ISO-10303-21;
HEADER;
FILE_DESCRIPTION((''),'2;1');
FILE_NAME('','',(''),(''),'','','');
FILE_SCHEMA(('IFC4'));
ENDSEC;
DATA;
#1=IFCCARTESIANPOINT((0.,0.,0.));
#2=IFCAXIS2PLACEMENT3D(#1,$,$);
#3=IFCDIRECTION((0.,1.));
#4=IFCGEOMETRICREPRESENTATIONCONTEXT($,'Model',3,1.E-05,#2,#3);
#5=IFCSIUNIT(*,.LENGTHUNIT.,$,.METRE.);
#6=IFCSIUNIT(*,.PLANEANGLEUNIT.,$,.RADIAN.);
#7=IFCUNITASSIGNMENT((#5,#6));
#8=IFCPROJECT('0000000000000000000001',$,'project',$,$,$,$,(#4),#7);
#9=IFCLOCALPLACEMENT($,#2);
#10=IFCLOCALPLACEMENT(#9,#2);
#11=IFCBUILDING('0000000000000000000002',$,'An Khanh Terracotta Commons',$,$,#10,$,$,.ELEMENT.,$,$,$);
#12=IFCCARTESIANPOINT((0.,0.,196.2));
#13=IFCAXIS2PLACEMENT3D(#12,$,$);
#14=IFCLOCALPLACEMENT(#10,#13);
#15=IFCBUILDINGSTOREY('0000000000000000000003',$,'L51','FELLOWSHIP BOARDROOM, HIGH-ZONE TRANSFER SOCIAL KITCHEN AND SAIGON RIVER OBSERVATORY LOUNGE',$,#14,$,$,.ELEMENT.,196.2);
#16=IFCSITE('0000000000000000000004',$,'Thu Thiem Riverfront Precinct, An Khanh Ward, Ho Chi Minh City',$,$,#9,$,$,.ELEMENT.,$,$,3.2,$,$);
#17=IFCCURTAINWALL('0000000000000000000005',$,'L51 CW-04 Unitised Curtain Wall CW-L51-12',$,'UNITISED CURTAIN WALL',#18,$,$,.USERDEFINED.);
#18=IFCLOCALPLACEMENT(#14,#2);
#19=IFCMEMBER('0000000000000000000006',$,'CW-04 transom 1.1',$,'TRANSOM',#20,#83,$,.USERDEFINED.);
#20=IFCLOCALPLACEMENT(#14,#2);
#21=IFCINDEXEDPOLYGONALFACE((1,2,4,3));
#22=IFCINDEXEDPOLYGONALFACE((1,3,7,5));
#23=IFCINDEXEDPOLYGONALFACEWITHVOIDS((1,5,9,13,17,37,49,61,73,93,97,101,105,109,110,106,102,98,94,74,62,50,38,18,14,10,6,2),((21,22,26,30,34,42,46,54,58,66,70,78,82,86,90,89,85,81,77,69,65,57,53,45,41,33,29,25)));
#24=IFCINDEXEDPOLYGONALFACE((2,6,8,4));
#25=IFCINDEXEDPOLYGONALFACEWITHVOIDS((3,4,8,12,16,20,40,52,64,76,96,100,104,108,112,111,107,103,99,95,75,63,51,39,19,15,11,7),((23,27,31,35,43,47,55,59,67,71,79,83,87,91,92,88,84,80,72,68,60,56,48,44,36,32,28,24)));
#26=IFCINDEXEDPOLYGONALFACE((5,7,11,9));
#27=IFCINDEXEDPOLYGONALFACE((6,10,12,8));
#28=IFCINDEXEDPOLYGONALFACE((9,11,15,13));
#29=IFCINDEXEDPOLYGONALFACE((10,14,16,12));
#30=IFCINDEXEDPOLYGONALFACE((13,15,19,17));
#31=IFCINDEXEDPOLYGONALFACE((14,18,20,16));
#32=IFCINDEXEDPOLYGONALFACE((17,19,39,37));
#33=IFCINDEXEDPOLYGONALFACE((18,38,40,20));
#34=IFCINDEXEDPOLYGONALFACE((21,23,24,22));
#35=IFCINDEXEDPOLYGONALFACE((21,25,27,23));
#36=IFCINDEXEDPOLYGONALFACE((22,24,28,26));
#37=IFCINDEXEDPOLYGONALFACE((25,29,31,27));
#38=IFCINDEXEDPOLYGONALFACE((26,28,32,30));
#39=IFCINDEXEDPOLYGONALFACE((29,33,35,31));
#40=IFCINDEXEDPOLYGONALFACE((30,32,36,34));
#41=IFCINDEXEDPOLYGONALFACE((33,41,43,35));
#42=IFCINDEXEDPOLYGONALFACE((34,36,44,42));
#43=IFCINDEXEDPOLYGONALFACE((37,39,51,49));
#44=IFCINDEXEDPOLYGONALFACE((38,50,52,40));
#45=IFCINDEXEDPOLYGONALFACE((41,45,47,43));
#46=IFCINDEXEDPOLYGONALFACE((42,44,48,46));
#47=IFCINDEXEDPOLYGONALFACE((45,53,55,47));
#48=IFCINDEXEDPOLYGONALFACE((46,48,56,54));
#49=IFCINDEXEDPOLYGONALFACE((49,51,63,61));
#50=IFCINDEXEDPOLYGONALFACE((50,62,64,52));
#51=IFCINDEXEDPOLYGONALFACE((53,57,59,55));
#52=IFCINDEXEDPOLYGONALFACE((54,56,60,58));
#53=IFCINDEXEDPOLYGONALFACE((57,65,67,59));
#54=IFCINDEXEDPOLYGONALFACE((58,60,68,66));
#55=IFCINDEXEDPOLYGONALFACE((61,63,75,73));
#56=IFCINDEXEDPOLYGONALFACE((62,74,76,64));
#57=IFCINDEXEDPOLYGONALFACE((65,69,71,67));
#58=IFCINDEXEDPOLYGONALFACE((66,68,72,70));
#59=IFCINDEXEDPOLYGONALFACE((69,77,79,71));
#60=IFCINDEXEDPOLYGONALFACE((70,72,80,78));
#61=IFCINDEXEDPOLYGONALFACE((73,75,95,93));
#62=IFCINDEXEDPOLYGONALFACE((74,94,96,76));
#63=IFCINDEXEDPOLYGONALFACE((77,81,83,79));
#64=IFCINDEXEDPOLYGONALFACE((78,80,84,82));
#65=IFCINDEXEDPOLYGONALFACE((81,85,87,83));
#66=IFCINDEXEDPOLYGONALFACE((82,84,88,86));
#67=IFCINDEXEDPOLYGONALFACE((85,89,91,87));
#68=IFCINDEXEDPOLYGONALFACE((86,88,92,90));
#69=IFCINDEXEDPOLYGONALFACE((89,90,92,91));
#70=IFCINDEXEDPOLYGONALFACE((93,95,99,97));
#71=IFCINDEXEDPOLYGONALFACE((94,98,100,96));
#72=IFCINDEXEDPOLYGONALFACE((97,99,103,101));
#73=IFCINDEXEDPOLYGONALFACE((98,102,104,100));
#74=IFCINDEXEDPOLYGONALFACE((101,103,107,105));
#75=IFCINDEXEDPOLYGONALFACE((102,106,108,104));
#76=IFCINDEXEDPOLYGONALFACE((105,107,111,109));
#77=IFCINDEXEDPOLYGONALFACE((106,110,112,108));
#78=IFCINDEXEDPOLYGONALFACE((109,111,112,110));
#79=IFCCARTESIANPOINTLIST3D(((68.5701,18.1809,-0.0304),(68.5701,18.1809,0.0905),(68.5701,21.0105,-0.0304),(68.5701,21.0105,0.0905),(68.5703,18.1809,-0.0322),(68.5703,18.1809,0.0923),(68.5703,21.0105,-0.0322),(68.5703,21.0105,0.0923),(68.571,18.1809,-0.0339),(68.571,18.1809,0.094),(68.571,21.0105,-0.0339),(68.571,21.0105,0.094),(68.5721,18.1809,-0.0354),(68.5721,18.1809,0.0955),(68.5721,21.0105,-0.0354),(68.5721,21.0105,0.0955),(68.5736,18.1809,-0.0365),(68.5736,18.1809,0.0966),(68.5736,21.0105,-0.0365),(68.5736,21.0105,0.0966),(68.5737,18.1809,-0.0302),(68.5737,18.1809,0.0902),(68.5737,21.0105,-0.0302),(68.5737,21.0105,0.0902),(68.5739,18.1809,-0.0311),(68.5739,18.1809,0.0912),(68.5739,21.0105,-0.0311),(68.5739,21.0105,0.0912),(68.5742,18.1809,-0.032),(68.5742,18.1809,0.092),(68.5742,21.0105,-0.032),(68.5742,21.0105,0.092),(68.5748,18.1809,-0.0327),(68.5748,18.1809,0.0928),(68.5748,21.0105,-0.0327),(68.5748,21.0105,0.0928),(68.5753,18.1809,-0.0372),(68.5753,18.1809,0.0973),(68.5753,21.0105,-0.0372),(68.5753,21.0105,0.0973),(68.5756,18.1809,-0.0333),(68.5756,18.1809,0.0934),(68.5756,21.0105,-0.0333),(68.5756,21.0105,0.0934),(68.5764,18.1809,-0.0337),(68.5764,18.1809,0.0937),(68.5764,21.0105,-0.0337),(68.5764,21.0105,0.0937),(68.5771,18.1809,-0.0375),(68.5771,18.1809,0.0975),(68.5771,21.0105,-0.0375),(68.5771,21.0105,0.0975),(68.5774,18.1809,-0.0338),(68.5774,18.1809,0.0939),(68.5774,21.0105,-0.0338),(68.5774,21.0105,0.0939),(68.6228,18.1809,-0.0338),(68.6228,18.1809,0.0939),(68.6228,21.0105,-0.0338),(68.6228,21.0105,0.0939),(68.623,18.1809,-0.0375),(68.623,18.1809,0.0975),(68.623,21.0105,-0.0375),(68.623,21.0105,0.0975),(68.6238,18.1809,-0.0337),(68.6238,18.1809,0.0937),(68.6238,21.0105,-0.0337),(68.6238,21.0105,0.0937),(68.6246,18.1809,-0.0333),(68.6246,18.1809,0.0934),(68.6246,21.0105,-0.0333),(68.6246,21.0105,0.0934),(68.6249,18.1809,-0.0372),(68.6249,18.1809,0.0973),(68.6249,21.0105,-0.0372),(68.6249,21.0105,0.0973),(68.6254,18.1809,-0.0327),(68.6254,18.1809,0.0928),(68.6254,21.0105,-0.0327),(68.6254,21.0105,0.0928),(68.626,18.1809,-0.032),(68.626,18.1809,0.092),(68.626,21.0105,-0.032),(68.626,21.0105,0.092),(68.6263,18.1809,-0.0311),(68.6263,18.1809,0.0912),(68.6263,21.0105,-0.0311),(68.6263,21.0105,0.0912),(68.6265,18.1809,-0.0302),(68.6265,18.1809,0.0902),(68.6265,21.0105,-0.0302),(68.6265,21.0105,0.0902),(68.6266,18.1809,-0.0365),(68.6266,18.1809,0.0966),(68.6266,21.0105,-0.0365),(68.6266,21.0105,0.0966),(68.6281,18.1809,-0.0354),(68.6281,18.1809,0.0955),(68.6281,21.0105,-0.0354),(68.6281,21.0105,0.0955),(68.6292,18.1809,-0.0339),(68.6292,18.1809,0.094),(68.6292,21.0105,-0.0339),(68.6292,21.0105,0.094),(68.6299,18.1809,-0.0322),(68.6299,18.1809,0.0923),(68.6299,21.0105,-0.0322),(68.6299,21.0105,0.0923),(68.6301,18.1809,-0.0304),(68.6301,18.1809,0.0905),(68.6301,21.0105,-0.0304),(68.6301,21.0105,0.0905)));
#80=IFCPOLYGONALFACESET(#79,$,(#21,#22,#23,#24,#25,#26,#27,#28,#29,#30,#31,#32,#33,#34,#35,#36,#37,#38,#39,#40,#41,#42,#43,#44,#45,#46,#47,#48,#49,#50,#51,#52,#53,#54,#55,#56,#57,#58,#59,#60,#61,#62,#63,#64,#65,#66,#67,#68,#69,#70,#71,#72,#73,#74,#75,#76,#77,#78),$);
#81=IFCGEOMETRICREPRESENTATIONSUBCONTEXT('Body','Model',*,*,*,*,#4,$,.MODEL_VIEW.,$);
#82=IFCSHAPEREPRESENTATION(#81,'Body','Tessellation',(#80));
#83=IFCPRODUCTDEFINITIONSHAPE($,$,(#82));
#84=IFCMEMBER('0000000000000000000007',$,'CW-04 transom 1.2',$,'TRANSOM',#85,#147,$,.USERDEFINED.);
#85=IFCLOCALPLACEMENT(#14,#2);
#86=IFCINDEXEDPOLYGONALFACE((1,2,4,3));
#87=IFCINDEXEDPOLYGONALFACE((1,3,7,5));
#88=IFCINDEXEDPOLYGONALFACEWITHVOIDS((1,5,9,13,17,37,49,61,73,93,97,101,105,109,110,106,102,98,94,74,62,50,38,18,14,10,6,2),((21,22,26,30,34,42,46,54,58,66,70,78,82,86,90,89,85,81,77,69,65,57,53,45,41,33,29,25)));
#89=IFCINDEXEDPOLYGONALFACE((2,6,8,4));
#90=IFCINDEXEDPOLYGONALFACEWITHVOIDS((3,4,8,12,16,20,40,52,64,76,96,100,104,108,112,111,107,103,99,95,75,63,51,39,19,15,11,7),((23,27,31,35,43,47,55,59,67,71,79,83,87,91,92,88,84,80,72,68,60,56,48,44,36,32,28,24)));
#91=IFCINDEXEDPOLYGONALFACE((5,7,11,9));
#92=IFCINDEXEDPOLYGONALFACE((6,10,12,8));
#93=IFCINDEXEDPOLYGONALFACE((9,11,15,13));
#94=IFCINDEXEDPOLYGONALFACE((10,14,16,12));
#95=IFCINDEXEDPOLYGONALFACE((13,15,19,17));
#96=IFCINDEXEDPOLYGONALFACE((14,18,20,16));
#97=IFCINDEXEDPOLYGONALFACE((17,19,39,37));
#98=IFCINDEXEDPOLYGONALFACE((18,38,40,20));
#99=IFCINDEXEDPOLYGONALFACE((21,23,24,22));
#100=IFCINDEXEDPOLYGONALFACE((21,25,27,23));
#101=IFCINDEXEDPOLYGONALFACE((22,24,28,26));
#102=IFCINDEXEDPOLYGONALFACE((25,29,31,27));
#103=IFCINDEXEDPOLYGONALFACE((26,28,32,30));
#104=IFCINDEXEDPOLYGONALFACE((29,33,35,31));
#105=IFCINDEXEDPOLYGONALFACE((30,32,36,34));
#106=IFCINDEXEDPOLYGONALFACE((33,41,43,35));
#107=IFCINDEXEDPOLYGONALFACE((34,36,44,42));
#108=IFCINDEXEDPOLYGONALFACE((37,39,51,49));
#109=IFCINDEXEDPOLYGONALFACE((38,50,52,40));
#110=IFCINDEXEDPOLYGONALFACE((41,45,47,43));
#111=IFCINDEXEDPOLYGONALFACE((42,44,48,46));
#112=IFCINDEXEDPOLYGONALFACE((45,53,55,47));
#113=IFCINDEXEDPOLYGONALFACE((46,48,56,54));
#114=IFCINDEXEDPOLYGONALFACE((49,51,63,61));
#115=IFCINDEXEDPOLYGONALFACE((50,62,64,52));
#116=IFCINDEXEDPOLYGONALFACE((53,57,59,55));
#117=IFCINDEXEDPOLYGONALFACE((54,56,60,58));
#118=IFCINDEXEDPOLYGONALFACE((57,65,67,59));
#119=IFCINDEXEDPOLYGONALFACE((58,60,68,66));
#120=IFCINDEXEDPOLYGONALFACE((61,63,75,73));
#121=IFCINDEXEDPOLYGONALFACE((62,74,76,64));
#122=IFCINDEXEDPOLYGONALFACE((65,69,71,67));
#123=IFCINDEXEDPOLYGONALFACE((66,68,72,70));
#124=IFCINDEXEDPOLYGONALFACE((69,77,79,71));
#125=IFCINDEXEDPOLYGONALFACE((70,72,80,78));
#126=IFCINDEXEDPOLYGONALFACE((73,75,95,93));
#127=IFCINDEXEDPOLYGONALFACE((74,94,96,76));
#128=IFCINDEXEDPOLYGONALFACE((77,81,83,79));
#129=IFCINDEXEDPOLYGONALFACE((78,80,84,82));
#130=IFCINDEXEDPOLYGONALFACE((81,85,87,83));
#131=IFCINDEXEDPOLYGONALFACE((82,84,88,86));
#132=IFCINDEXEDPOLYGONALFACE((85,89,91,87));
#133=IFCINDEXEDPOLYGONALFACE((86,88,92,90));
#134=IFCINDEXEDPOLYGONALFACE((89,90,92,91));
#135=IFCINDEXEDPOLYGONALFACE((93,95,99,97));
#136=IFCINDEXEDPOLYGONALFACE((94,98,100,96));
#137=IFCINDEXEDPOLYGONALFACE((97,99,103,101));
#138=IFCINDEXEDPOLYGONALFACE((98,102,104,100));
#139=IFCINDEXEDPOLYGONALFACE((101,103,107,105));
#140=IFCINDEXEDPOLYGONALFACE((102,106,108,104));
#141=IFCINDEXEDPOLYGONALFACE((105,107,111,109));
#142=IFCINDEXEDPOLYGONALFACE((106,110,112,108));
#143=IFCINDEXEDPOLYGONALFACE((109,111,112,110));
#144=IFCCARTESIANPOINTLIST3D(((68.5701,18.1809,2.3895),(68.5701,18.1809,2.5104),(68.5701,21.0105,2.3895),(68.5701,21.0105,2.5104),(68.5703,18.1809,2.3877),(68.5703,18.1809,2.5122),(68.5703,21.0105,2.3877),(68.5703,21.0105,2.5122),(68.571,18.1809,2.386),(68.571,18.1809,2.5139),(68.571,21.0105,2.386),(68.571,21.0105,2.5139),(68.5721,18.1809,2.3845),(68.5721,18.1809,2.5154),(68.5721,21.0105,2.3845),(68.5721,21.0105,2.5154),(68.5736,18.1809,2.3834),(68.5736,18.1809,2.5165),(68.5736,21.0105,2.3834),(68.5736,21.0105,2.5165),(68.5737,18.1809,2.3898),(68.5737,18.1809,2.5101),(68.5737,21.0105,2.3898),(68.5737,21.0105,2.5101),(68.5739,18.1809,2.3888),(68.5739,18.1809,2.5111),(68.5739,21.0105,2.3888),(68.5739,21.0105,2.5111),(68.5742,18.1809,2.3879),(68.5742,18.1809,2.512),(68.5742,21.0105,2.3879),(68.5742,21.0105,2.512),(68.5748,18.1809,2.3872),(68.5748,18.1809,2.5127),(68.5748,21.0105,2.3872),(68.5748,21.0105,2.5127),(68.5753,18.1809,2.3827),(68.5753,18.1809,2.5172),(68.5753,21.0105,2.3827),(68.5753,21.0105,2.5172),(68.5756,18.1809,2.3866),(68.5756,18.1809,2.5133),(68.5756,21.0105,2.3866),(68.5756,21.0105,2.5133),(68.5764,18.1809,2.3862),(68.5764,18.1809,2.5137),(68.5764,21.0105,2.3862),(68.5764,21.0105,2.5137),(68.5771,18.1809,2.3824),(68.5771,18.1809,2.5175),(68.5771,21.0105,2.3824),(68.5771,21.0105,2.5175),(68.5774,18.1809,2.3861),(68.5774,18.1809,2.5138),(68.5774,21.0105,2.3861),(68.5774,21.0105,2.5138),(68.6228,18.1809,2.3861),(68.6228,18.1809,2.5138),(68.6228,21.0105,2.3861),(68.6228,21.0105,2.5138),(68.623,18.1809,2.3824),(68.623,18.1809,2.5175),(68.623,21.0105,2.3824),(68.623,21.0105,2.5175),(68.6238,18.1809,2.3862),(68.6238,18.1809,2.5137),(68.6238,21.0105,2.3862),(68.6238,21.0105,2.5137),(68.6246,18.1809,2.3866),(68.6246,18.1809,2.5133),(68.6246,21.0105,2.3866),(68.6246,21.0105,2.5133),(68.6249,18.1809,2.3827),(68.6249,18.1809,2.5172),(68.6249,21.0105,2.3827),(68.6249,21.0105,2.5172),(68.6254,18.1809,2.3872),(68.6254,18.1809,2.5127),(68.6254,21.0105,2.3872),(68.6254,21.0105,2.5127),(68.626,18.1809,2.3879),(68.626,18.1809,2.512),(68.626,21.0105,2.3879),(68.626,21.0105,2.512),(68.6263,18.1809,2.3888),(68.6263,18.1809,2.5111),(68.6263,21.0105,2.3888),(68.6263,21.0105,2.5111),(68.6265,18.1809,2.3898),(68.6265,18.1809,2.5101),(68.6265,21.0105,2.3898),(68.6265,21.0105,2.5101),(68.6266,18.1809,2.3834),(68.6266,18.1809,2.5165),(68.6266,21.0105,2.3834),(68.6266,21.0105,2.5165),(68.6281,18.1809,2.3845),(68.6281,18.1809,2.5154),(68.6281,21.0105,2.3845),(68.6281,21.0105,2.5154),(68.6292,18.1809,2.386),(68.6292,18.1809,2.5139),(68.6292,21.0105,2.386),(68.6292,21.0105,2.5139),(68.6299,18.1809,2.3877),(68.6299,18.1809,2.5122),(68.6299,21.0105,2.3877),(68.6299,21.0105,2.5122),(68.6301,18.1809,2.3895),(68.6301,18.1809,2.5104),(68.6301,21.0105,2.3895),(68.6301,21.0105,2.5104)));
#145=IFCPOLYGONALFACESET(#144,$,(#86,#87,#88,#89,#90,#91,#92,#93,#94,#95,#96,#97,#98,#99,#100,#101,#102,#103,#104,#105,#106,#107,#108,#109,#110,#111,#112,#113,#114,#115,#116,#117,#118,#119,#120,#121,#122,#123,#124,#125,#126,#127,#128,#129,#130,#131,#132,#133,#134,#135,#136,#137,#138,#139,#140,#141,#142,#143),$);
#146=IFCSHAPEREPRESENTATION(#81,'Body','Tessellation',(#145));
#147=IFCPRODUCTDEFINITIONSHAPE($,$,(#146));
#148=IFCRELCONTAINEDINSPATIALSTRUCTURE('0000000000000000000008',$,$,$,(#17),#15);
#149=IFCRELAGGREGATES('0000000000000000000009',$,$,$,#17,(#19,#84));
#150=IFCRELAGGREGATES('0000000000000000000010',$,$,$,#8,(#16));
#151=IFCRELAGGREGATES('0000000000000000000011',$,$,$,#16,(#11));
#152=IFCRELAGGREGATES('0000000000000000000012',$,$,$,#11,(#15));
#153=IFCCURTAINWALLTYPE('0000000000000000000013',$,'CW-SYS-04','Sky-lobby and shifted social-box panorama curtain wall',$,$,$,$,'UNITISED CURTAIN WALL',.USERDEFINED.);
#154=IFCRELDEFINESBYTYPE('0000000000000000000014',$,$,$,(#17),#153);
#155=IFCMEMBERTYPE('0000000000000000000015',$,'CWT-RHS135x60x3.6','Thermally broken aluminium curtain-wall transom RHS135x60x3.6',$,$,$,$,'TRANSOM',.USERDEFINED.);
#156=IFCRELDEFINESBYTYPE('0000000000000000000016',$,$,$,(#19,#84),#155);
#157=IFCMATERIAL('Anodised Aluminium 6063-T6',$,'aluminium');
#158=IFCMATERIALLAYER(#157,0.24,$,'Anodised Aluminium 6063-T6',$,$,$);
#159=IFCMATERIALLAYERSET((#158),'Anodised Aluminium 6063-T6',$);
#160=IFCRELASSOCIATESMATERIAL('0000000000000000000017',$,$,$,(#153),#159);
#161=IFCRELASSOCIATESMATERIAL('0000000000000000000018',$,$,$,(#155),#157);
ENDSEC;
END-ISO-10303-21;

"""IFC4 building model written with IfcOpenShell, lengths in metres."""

from ifc_helpers import new_model, si_unit, direction, frame, origin, origin_2d, place, context, subcontext, project, spatial, hollow_rectangle, extrude, material, layer, layer_set, material_profile, profile_set, type_object, element, aggregate, save


model = new_model("IFC4")

# Units and contexts
model_context = context("Model", 3, precision=1e-05, world=origin(), true_north=direction((0.0, 1.0)))
body_context = subcontext(model_context, "Body", "Model", "MODEL_VIEW")
ifc_project = project(units=[si_unit("LENGTHUNIT", "METRE"), si_unit("PLANEANGLEUNIT", "RADIAN")], contexts=[model_context])

# Site, building, storey
site_placement = place(None, origin())
site = spatial("IfcSite", under=ifc_project, at=site_placement, Name="Thu Thiem Riverfront Precinct, An Khanh Ward, Ho Chi Minh City", CompositionType="ELEMENT", RefElevation=3.2)
building_placement = place(site_placement, origin())
building = spatial("IfcBuilding", under=site, at=building_placement, Name="An Khanh Terracotta Commons", CompositionType="ELEMENT")
storey_placement = place(building_placement, frame((0.0, 0.0, 196.2)))
storey = spatial("IfcBuildingStorey", under=building, at=storey_placement, Name="L51", Description="FELLOWSHIP BOARDROOM, HIGH-ZONE TRANSFER SOCIAL KITCHEN AND SAIGON RIVER OBSERVATORY LOUNGE", CompositionType="ELEMENT", Elevation=196.2)

# Shared definitions
ifc_material_1 = material(Name="Anodised Aluminium 6063-T6", Category="aluminium")
ifc_layer_1 = layer(ifc_material_1, 0.24, Name="Anodised Aluminium 6063-T6")
ifc_layer_set_1 = layer_set([ifc_layer_1], Name="Anodised Aluminium 6063-T6")
curtain_wall_type = type_object("IfcCurtainWallType", Name="CW-SYS-04", Description="Sky-lobby and shifted social-box panorama curtain wall", ElementType="UNITISED CURTAIN WALL", PredefinedType="USERDEFINED", material=ifc_layer_set_1)

# Curtain wall
curtain_wall_1_placement = place(storey_placement, origin())
curtain_wall_1 = element("IfcCurtainWall", 1, at=curtain_wall_1_placement, inside=storey, type_object=curtain_wall_type, Name="L51 CW-04 Unitised Curtain Wall CW-L51-12", ObjectType="UNITISED CURTAIN WALL", PredefinedType="USERDEFINED")

# Members
ifc_material_profile_1 = material_profile(ifc_material_1, hollow_rectangle(XDim=0.0601, YDim=0.135, WallThickness=0.0037, InnerFilletRadius=0.0037, OuterFilletRadius=0.0071, at=origin_2d()), Name="RHS135x60x3.6")
ifc_profile_set_1 = profile_set([ifc_material_profile_1], Name="Anodised Aluminium 6063-T6")
member_type_1 = type_object("IfcMemberType", Name="CWT-RHS135x60x3.6", Description="Thermally broken aluminium curtain-wall transom RHS135x60x3.6", ElementType="TRANSOM", PredefinedType="USERDEFINED", material=ifc_profile_set_1)
member_1_placement = place(storey_placement, frame((68.6001, 18.1809, 0.03), z_axis=(0.0, 1.0, 0.0), x_axis=(-1.0, 0.0, 0.0)))
member_1 = element("IfcMember", 2, at=member_1_placement, type_object=member_type_1, Name="CW-04 transom 1.1", ObjectType="TRANSOM", PredefinedType="USERDEFINED", context=body_context, shape_type="SweptSolid", body=[
    extrude(hollow_rectangle(XDim=0.0601, YDim=0.135, WallThickness=0.0037, InnerFilletRadius=0.0037, OuterFilletRadius=0.0071, at=origin_2d()), origin(), (0.0, 0.0, 1.0), 2.8296),
])
member_2_placement = place(storey_placement, frame((68.6001, 18.1809, 2.45), z_axis=(0.0, 1.0, 0.0), x_axis=(-1.0, 0.0, 0.0)))
member_2 = element("IfcMember", 3, at=member_2_placement, type_object=member_type_1, Name="CW-04 transom 1.2", ObjectType="TRANSOM", PredefinedType="USERDEFINED", context=body_context, shape_type="SweptSolid", body=[
    extrude(hollow_rectangle(XDim=0.0601, YDim=0.135, WallThickness=0.0037, InnerFilletRadius=0.0037, OuterFilletRadius=0.0071, at=origin_2d()), origin(), (0.0, 0.0, 1.0), 2.8296),
])

aggregate(curtain_wall_1, [member_1, member_2])

save(model, "model.ifc")
